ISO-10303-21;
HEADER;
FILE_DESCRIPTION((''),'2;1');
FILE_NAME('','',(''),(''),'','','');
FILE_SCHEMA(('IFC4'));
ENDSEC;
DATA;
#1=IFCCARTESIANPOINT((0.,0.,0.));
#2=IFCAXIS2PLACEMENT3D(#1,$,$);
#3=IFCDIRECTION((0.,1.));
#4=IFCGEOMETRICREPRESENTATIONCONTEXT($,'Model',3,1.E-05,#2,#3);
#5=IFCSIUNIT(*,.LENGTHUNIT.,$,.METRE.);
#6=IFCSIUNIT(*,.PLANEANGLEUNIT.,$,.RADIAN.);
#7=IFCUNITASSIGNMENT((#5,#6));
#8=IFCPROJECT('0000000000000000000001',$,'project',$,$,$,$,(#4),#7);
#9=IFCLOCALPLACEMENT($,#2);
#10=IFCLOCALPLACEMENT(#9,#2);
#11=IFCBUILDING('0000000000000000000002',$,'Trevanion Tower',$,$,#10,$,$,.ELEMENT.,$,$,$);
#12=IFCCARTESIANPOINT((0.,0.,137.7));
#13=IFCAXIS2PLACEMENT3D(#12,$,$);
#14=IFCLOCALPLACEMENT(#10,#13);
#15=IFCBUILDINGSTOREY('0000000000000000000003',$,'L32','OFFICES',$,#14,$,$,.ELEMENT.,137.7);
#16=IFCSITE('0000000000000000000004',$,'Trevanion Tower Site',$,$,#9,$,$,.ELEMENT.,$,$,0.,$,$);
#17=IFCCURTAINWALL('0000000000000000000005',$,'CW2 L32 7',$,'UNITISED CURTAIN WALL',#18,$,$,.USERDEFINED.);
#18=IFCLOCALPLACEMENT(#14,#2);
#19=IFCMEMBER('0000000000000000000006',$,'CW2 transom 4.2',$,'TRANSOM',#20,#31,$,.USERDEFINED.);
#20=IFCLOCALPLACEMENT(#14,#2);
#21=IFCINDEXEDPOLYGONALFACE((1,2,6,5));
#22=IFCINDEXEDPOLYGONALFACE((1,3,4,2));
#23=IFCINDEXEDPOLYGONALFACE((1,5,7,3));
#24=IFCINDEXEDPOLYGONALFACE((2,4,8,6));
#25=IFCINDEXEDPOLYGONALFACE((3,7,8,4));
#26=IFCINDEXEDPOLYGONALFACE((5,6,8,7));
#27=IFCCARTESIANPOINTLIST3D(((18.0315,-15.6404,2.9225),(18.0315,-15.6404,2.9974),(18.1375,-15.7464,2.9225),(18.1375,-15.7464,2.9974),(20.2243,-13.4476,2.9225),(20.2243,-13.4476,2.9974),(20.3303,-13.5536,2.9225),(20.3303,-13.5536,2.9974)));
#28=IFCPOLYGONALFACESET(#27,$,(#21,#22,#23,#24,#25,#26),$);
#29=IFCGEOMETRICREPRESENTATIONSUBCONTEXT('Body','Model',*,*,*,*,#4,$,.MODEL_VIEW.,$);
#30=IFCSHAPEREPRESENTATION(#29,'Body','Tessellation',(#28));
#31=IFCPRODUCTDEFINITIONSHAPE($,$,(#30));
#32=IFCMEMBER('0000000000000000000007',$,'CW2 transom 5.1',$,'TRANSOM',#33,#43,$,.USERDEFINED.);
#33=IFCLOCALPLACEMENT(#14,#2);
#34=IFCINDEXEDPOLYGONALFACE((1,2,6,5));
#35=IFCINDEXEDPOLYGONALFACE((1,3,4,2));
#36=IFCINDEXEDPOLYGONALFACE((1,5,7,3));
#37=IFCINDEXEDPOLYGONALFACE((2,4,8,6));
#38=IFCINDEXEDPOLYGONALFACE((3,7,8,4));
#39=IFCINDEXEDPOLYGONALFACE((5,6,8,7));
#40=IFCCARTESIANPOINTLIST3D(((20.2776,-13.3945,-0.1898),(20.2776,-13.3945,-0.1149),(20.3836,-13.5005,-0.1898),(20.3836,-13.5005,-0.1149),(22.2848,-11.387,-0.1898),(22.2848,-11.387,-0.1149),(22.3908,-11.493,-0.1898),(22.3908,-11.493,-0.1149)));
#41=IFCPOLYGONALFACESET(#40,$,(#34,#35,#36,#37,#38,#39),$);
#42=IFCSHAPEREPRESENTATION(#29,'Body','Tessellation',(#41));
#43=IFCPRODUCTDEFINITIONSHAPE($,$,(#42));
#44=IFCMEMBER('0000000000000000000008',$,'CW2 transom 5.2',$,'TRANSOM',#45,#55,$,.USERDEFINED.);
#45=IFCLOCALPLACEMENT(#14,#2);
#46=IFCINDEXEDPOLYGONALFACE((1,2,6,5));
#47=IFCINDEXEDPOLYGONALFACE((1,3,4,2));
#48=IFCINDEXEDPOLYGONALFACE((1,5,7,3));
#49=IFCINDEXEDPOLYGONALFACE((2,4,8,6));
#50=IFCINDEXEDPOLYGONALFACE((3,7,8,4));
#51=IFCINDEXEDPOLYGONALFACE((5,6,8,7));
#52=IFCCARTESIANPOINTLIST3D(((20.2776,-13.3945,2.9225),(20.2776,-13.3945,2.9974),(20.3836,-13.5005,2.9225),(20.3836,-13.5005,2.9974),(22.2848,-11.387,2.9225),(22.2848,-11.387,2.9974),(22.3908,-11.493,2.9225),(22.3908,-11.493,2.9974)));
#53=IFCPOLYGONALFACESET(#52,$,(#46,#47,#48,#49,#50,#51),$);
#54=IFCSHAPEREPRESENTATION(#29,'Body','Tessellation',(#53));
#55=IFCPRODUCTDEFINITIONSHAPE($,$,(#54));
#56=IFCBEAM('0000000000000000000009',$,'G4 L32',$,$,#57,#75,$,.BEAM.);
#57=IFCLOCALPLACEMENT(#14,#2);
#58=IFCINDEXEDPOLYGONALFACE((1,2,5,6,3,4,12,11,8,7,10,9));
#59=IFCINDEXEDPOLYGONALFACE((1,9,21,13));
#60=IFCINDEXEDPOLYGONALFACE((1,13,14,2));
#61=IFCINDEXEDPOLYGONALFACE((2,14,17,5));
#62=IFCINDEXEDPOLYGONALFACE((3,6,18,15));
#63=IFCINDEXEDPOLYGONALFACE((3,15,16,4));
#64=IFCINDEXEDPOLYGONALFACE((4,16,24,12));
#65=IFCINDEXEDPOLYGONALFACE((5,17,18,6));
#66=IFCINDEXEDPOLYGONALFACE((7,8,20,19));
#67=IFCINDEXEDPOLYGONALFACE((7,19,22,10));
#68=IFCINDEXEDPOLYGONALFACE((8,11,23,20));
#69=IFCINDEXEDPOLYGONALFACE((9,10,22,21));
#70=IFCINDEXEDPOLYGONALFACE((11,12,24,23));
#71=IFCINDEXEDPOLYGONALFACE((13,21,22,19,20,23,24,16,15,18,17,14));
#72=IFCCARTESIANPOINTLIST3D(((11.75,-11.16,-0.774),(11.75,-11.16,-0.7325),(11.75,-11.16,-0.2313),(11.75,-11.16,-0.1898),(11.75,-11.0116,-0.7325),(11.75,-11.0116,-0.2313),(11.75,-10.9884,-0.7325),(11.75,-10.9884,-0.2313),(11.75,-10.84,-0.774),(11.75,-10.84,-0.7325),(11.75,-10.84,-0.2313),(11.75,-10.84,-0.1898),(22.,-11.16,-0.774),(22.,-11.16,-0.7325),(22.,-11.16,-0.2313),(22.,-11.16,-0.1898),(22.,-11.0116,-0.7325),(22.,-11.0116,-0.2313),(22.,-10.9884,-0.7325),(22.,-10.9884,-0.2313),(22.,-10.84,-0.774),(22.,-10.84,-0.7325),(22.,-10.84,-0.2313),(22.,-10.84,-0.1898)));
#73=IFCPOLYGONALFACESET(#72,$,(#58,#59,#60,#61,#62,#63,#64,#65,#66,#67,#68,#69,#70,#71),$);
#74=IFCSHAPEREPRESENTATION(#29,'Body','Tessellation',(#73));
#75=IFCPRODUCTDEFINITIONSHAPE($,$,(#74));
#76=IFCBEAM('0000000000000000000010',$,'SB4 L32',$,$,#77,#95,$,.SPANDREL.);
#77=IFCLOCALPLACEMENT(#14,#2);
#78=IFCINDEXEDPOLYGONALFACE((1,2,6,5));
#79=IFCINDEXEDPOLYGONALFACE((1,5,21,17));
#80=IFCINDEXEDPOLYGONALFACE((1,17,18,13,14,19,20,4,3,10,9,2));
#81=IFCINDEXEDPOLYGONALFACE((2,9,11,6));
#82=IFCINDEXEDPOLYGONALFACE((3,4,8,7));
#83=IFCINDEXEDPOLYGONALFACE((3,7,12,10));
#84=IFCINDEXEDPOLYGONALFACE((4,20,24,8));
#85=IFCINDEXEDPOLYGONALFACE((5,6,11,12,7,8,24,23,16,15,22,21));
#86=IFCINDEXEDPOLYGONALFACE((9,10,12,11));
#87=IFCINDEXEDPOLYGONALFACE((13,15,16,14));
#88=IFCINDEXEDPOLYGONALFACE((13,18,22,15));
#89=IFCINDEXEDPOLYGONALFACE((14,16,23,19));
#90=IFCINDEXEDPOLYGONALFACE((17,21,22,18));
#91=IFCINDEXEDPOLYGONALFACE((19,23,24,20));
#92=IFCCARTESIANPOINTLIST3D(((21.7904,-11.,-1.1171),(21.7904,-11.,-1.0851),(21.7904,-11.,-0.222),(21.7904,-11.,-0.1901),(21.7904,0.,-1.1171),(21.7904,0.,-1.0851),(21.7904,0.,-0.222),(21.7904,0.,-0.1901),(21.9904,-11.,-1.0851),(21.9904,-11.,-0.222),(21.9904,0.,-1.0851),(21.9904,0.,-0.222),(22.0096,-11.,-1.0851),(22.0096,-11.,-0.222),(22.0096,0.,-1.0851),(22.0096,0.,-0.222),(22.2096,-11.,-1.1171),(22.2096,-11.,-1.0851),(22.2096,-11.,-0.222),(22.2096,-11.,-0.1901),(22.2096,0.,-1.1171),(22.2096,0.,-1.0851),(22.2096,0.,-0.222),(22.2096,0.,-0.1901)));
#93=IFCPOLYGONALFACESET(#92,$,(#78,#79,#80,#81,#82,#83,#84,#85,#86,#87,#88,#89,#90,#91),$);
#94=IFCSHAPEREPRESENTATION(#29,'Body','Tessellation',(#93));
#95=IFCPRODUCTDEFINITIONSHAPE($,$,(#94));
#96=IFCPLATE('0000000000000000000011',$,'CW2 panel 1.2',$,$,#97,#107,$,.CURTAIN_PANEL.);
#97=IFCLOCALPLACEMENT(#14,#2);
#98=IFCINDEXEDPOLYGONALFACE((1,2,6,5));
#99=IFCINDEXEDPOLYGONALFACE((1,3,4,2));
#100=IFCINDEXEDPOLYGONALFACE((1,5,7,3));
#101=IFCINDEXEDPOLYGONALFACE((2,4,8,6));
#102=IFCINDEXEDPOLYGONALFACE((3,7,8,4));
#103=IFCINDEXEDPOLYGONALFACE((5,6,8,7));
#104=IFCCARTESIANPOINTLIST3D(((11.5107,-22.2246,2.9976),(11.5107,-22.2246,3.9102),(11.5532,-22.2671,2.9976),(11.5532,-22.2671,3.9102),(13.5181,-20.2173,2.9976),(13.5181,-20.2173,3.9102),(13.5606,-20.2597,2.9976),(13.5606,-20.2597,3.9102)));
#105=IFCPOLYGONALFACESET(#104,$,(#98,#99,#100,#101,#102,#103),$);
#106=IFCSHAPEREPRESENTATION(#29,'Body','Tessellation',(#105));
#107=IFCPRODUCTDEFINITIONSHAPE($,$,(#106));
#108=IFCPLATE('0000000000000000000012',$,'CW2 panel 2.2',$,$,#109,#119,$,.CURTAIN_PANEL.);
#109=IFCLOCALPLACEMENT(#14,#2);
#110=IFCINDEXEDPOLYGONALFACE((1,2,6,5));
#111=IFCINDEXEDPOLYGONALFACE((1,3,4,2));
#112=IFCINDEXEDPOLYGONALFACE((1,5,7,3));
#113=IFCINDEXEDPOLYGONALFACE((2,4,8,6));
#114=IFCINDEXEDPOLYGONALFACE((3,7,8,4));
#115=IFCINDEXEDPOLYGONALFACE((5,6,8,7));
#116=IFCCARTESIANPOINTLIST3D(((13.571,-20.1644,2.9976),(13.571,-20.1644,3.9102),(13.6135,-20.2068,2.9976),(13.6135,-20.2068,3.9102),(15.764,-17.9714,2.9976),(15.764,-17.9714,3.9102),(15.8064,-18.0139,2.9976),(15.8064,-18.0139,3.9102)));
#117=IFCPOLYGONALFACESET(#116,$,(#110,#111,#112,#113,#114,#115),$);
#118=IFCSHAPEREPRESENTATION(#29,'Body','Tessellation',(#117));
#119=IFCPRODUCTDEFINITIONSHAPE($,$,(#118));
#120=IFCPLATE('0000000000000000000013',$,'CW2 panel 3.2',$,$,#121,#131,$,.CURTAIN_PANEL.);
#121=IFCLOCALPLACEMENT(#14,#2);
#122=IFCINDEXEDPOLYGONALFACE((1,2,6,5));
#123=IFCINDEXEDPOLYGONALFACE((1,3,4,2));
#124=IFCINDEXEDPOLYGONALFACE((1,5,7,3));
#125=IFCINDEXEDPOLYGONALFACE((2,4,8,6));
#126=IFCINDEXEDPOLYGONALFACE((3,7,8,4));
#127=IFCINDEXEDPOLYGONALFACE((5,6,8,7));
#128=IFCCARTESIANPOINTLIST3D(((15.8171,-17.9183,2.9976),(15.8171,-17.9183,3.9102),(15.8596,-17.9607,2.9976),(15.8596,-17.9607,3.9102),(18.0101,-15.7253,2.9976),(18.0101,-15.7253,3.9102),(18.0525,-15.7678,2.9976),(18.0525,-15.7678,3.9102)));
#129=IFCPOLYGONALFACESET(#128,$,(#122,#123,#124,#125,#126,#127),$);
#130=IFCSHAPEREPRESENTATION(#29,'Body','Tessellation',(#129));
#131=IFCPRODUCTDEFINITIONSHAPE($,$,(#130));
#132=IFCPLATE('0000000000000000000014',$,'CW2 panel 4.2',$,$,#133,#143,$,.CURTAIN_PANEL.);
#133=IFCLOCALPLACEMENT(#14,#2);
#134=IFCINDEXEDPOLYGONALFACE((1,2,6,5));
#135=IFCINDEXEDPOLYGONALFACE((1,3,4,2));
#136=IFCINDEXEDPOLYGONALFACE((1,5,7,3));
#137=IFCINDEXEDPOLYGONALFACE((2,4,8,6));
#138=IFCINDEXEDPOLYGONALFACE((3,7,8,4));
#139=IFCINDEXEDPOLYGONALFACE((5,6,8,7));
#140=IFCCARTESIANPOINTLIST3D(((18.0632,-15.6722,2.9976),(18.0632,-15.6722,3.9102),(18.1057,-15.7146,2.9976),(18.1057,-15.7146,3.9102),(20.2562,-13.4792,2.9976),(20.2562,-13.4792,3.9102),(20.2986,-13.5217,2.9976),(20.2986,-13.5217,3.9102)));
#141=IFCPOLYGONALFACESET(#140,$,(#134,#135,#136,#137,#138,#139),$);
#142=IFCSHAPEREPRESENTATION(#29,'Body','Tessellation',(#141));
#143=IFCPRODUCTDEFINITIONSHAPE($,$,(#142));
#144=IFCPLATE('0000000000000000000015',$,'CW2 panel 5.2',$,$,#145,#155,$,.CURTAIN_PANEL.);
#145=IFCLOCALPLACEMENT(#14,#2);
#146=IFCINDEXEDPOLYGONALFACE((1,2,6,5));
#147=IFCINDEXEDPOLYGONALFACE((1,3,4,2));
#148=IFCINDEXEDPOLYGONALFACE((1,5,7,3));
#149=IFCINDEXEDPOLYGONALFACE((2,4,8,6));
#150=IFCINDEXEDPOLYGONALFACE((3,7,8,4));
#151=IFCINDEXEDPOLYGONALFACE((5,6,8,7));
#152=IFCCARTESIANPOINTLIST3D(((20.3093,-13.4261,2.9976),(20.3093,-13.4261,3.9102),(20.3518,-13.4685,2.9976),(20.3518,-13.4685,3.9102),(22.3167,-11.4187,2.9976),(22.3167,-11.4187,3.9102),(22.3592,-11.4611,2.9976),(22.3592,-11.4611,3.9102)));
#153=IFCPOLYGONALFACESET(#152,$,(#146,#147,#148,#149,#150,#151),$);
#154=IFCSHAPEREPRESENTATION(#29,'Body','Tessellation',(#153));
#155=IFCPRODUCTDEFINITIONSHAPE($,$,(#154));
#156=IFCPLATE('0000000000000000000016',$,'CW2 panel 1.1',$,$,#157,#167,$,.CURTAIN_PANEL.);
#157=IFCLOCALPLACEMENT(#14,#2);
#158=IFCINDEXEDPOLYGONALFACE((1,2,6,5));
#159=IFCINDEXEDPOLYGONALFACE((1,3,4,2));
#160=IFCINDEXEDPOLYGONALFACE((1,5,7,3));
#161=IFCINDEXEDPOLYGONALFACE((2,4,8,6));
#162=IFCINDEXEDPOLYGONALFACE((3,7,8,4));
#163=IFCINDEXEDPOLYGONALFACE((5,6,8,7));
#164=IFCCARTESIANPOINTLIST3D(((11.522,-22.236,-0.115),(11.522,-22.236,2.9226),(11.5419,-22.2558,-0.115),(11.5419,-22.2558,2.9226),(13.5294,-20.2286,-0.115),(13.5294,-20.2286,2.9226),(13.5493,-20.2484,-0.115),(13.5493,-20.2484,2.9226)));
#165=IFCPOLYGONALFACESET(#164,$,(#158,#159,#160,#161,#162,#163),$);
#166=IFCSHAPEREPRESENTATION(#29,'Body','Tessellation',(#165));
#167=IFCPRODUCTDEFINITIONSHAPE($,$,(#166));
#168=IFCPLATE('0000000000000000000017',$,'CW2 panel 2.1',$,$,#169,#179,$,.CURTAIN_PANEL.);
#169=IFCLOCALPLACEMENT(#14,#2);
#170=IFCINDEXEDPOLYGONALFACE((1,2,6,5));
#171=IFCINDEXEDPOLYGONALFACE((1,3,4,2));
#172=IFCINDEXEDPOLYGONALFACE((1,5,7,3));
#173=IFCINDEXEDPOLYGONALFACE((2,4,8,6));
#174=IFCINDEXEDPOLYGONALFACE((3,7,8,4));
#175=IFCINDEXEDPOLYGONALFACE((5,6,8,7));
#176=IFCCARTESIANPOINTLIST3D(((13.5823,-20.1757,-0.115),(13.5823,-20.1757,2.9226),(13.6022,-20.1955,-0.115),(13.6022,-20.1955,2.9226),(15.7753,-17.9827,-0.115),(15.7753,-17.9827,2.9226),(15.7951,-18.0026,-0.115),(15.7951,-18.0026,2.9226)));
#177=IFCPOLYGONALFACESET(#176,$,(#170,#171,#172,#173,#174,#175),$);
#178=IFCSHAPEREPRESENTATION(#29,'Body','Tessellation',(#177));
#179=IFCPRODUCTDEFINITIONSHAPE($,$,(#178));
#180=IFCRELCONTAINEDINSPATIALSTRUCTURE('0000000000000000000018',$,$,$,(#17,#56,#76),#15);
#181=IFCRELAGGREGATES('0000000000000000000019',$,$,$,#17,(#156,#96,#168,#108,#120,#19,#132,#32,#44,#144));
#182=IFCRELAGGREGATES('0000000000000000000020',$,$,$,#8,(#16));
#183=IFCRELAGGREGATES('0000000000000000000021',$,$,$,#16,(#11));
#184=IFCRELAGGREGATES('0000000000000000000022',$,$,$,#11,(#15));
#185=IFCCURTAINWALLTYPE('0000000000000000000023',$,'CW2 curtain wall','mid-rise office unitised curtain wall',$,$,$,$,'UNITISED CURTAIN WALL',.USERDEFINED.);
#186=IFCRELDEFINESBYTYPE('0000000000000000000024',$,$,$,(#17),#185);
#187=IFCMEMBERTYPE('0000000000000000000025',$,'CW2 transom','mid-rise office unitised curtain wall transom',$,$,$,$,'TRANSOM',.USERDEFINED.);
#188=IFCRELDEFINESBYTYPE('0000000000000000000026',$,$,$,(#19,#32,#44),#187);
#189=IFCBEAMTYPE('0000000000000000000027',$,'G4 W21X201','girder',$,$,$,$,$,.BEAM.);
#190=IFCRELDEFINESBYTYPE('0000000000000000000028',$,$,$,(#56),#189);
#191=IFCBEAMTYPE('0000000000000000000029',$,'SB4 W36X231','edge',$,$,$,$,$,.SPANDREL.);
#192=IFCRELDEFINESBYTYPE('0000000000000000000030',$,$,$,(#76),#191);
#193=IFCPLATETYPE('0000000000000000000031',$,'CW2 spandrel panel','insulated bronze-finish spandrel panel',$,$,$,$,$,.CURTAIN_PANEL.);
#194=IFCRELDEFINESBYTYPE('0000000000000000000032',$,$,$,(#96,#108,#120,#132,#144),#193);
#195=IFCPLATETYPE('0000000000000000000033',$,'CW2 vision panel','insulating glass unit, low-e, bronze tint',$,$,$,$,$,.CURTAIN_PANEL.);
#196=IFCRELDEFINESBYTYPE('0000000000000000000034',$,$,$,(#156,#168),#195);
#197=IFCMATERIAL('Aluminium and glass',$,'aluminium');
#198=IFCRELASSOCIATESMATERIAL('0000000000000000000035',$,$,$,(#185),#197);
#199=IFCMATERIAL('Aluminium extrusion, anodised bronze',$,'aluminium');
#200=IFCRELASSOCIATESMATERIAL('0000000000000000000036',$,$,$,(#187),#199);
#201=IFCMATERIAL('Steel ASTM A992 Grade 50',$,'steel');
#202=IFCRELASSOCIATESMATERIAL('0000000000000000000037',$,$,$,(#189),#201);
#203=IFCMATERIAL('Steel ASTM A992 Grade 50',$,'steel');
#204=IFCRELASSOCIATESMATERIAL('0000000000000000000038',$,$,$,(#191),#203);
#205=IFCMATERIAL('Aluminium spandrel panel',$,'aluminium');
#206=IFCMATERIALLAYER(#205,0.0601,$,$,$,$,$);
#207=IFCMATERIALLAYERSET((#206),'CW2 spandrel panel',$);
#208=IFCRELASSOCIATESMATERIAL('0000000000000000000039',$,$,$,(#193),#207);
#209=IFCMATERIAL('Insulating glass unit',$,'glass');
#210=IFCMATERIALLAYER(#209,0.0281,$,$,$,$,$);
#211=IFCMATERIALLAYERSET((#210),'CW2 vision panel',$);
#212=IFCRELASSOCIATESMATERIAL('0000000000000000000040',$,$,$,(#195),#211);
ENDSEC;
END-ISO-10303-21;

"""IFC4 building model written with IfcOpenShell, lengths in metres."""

from ifc_helpers import new_model, si_unit, direction, frame, origin, origin_2d, place, context, subcontext, project, spatial, rectangle, i_section, extrude, material, layer, layer_set, material_profile, profile_set, type_object, element, aggregate, save


model = new_model("IFC4")

# Units and contexts
model_context = context("Model", 3, precision=1e-05, world=origin(), true_north=direction((0.0, 1.0)))
body_context = subcontext(model_context, "Body", "Model", "MODEL_VIEW")
ifc_project = project(units=[si_unit("LENGTHUNIT", "METRE"), si_unit("PLANEANGLEUNIT", "RADIAN")], contexts=[model_context])

# Site, building, storey
site_placement = place(None, origin())
site = spatial("IfcSite", under=ifc_project, at=site_placement, Name="Trevanion Tower Site", CompositionType="ELEMENT", RefElevation=0.0)
building_placement = place(site_placement, origin())
building = spatial("IfcBuilding", under=site, at=building_placement, Name="Trevanion Tower", CompositionType="ELEMENT")
storey_placement = place(building_placement, frame((0.0, 0.0, 137.7)))
storey = spatial("IfcBuildingStorey", under=building, at=storey_placement, Name="L32", Description="OFFICES", CompositionType="ELEMENT", Elevation=137.7)

# Curtain wall, members
ifc_material_1 = material(Name="Aluminium and glass", Category="aluminium")
curtain_wall_type = type_object("IfcCurtainWallType", Name="CW2 curtain wall", Description="mid-rise office unitised curtain wall", ElementType="UNITISED CURTAIN WALL", PredefinedType="USERDEFINED", material=ifc_material_1)
curtain_wall_placement = place(storey_placement, origin())
curtain_wall = element("IfcCurtainWall", 1, at=curtain_wall_placement, inside=storey, type_object=curtain_wall_type, Name="CW2 L32 7", ObjectType="UNITISED CURTAIN WALL", PredefinedType="USERDEFINED")
ifc_material_2 = material(Name="Aluminium extrusion, anodised bronze", Category="aluminium")
ifc_material_profile_1 = material_profile(ifc_material_2, rectangle(XDim=0.1499, YDim=0.075, at=origin_2d()), Name="CW2 transom")
ifc_profile_set_1 = profile_set([ifc_material_profile_1], Name="Aluminium extrusion, anodised bronze")
member_type_1 = type_object("IfcMemberType", Name="CW2 transom", Description="mid-rise office unitised curtain wall transom", ElementType="TRANSOM", PredefinedType="USERDEFINED", material=ifc_profile_set_1)
member_1_placement = place(storey_placement, frame((18.0845, -15.6934, 2.96), z_axis=(0.707107, 0.707107, 0.0), x_axis=(-0.707107, 0.707107, 0.0)))
member_1 = element("IfcMember", 2, at=member_1_placement, type_object=member_type_1, Name="CW2 transom 4.2", ObjectType="TRANSOM", PredefinedType="USERDEFINED", context=body_context, shape_type="SweptSolid", body=[
    extrude(rectangle(XDim=0.1499, YDim=0.075, at=origin_2d()), origin(), (0.0, 0.0, 1.0), 3.1011),
])
member_2_placement = place(storey_placement, frame((20.3306, -13.4475, -0.1523), z_axis=(0.707064, 0.70715, 0.0), x_axis=(-0.70715, 0.707064, 0.0)))
member_2 = element("IfcMember", 3, at=member_2_placement, type_object=member_type_1, Name="CW2 transom 5.1", ObjectType="TRANSOM", PredefinedType="USERDEFINED", context=body_context, shape_type="SweptSolid", body=[
    extrude(rectangle(XDim=0.1499, YDim=0.075, at=origin_2d()), origin(), (0.0, 0.0, 1.0), 2.8389),
])
member_3_placement = place(storey_placement, frame((20.3306, -13.4475, 2.96), z_axis=(0.707064, 0.70715, 0.0), x_axis=(-0.70715, 0.707064, 0.0)))
member_3 = element("IfcMember", 4, at=member_3_placement, type_object=member_type_1, Name="CW2 transom 5.2", ObjectType="TRANSOM", PredefinedType="USERDEFINED", context=body_context, shape_type="SweptSolid", body=[
    extrude(rectangle(XDim=0.1499, YDim=0.075, at=origin_2d()), origin(), (0.0, 0.0, 1.0), 2.8389),
])

# Beams
ifc_material_3 = material(Name="Steel ASTM A992 Grade 50", Category="steel")
ifc_material_profile_2 = material_profile(ifc_material_3, i_section(OverallWidth=0.3201, OverallDepth=0.5842, WebThickness=0.0232, FlangeThickness=0.0415, at=origin_2d()), Name="W21X201")
ifc_profile_set_2 = profile_set([ifc_material_profile_2], Name="Steel ASTM A992 Grade 50")
beam_type_1 = type_object("IfcBeamType", Name="G4 W21X201", Description="girder", PredefinedType="BEAM", material=ifc_profile_set_2)
beam_1_placement = place(storey_placement, frame((11.75, -11.0, -0.4819), z_axis=(1.0, 0.0, 0.0), x_axis=(0.0, 1.0, 0.0)))
element("IfcBeam", 5, at=beam_1_placement, inside=storey, type_object=beam_type_1, Name="G4 L32", PredefinedType="BEAM", context=body_context, shape_type="SweptSolid", body=[
    extrude(i_section(OverallWidth=0.3201, OverallDepth=0.5842, WebThickness=0.0232, FlangeThickness=0.0415, at=origin_2d()), origin(), (0.0, 0.0, 1.0), 10.25),
])
ifc_material_4 = material(Name="Steel ASTM A992 Grade 50", Category="steel")
ifc_material_profile_3 = material_profile(ifc_material_4, i_section(OverallWidth=0.4192, OverallDepth=0.927, WebThickness=0.0193, FlangeThickness=0.032, at=origin_2d()), Name="W36X231")
ifc_profile_set_3 = profile_set([ifc_material_profile_3], Name="Steel ASTM A992 Grade 50")
beam_type_2 = type_object("IfcBeamType", Name="SB4 W36X231", Description="edge", PredefinedType="SPANDREL", material=ifc_profile_set_3)
beam_2_placement = place(storey_placement, frame((22.0, -11.0, -0.6536), z_axis=(0.0, 1.0, 0.0), x_axis=(-1.0, 0.0, 0.0)))
element("IfcBeam", 6, at=beam_2_placement, inside=storey, type_object=beam_type_2, Name="SB4 L32", PredefinedType="SPANDREL", context=body_context, shape_type="SweptSolid", body=[
    extrude(i_section(OverallWidth=0.4192, OverallDepth=0.927, WebThickness=0.0193, FlangeThickness=0.032, at=origin_2d()), origin(), (0.0, 0.0, 1.0), 11.0),
])

# Plates
ifc_material_5 = material(Name="Aluminium spandrel panel", Category="aluminium")
ifc_layer_1 = layer(ifc_material_5, 0.0601)
ifc_layer_set_1 = layer_set([ifc_layer_1], Name="CW2 spandrel panel")
plate_type_1 = type_object("IfcPlateType", Name="CW2 spandrel panel", Description="insulated bronze-finish spandrel panel", PredefinedType="CURTAIN_PANEL", material=ifc_layer_set_1)
plate_1_placement = place(storey_placement, frame((12.5356, -21.2422, 2.9976), z_axis=(0.0, 0.0, 1.0), x_axis=(0.707107, 0.707107, 0.0)))
plate_1 = element("IfcPlate", 7, at=plate_1_placement, type_object=plate_type_1, Name="CW2 panel 1.2", PredefinedType="CURTAIN_PANEL", context=body_context, shape_type="SweptSolid", body=[
    extrude(rectangle(XDim=2.8389, YDim=0.0601, at=origin_2d()), origin(), (0.0, 0.0, 1.0), 0.9126),
])
plate_2_placement = place(storey_placement, frame((14.6887, -19.0891, 2.9976), z_axis=(0.0, 0.0, 1.0), x_axis=(0.707107, 0.707107, 0.0)))
plate_2 = element("IfcPlate", 8, at=plate_2_placement, type_object=plate_type_1, Name="CW2 panel 2.2", PredefinedType="CURTAIN_PANEL", context=body_context, shape_type="SweptSolid", body=[
    extrude(rectangle(XDim=3.1013, YDim=0.0601, at=origin_2d()), origin(), (0.0, 0.0, 1.0), 0.9126),
])
plate_3_placement = place(storey_placement, frame((16.9348, -16.843, 2.9976), z_axis=(0.0, 0.0, 1.0), x_axis=(0.707107, 0.707107, 0.0)))
plate_3 = element("IfcPlate", 9, at=plate_3_placement, type_object=plate_type_1, Name="CW2 panel 3.2", PredefinedType="CURTAIN_PANEL", context=body_context, shape_type="SweptSolid", body=[
    extrude(rectangle(XDim=3.1013, YDim=0.0601, at=origin_2d()), origin(), (0.0, 0.0, 1.0), 0.9126),
])
plate_4_placement = place(storey_placement, frame((19.1809, -14.5969, 2.9976), z_axis=(0.0, 0.0, 1.0), x_axis=(0.707107, 0.707107, 0.0)))
plate_4 = element("IfcPlate", 10, at=plate_4_placement, type_object=plate_type_1, Name="CW2 panel 4.2", PredefinedType="CURTAIN_PANEL", context=body_context, shape_type="SweptSolid", body=[
    extrude(rectangle(XDim=3.1013, YDim=0.0601, at=origin_2d()), origin(), (0.0, 0.0, 1.0), 0.9126),
])
plate_5_placement = place(storey_placement, frame((21.3342, -12.4436, 2.9976), z_axis=(0.0, 0.0, 1.0), x_axis=(0.707107, 0.707107, 0.0)))
plate_5 = element("IfcPlate", 11, at=plate_5_placement, type_object=plate_type_1, Name="CW2 panel 5.2", PredefinedType="CURTAIN_PANEL", context=body_context, shape_type="SweptSolid", body=[
    extrude(rectangle(XDim=2.8389, YDim=0.0601, at=origin_2d()), origin(), (0.0, 0.0, 1.0), 0.9126),
])
ifc_material_6 = material(Name="Insulating glass unit", Category="glass")
ifc_layer_2 = layer(ifc_material_6, 0.0281)
ifc_layer_set_2 = layer_set([ifc_layer_2], Name="CW2 vision panel")
plate_type_2 = type_object("IfcPlateType", Name="CW2 vision panel", Description="insulating glass unit, low-e, bronze tint", PredefinedType="CURTAIN_PANEL", material=ifc_layer_set_2)
plate_6_placement = place(storey_placement, frame((12.5356, -21.2422, -0.115), z_axis=(0.0, 0.0, 1.0), x_axis=(0.707107, 0.707107, 0.0)))
plate_6 = element("IfcPlate", 12, at=plate_6_placement, type_object=plate_type_2, Name="CW2 panel 1.1", PredefinedType="CURTAIN_PANEL", context=body_context, shape_type="SweptSolid", body=[
    extrude(rectangle(XDim=2.8389, YDim=0.0281, at=origin_2d()), origin(), (0.0, 0.0, 1.0), 3.0376),
])
plate_7_placement = place(storey_placement, frame((14.6887, -19.0891, -0.115), z_axis=(0.0, 0.0, 1.0), x_axis=(0.707107, 0.707107, 0.0)))
plate_7 = element("IfcPlate", 13, at=plate_7_placement, type_object=plate_type_2, Name="CW2 panel 2.1", PredefinedType="CURTAIN_PANEL", context=body_context, shape_type="SweptSolid", body=[
    extrude(rectangle(XDim=3.1013, YDim=0.0281, at=origin_2d()), origin(), (0.0, 0.0, 1.0), 3.0376),
])
aggregate(curtain_wall, [plate_6, plate_1, plate_7, plate_2, plate_3, member_1, plate_4, member_2, member_3, plate_5])

save(model, "model.ifc")
